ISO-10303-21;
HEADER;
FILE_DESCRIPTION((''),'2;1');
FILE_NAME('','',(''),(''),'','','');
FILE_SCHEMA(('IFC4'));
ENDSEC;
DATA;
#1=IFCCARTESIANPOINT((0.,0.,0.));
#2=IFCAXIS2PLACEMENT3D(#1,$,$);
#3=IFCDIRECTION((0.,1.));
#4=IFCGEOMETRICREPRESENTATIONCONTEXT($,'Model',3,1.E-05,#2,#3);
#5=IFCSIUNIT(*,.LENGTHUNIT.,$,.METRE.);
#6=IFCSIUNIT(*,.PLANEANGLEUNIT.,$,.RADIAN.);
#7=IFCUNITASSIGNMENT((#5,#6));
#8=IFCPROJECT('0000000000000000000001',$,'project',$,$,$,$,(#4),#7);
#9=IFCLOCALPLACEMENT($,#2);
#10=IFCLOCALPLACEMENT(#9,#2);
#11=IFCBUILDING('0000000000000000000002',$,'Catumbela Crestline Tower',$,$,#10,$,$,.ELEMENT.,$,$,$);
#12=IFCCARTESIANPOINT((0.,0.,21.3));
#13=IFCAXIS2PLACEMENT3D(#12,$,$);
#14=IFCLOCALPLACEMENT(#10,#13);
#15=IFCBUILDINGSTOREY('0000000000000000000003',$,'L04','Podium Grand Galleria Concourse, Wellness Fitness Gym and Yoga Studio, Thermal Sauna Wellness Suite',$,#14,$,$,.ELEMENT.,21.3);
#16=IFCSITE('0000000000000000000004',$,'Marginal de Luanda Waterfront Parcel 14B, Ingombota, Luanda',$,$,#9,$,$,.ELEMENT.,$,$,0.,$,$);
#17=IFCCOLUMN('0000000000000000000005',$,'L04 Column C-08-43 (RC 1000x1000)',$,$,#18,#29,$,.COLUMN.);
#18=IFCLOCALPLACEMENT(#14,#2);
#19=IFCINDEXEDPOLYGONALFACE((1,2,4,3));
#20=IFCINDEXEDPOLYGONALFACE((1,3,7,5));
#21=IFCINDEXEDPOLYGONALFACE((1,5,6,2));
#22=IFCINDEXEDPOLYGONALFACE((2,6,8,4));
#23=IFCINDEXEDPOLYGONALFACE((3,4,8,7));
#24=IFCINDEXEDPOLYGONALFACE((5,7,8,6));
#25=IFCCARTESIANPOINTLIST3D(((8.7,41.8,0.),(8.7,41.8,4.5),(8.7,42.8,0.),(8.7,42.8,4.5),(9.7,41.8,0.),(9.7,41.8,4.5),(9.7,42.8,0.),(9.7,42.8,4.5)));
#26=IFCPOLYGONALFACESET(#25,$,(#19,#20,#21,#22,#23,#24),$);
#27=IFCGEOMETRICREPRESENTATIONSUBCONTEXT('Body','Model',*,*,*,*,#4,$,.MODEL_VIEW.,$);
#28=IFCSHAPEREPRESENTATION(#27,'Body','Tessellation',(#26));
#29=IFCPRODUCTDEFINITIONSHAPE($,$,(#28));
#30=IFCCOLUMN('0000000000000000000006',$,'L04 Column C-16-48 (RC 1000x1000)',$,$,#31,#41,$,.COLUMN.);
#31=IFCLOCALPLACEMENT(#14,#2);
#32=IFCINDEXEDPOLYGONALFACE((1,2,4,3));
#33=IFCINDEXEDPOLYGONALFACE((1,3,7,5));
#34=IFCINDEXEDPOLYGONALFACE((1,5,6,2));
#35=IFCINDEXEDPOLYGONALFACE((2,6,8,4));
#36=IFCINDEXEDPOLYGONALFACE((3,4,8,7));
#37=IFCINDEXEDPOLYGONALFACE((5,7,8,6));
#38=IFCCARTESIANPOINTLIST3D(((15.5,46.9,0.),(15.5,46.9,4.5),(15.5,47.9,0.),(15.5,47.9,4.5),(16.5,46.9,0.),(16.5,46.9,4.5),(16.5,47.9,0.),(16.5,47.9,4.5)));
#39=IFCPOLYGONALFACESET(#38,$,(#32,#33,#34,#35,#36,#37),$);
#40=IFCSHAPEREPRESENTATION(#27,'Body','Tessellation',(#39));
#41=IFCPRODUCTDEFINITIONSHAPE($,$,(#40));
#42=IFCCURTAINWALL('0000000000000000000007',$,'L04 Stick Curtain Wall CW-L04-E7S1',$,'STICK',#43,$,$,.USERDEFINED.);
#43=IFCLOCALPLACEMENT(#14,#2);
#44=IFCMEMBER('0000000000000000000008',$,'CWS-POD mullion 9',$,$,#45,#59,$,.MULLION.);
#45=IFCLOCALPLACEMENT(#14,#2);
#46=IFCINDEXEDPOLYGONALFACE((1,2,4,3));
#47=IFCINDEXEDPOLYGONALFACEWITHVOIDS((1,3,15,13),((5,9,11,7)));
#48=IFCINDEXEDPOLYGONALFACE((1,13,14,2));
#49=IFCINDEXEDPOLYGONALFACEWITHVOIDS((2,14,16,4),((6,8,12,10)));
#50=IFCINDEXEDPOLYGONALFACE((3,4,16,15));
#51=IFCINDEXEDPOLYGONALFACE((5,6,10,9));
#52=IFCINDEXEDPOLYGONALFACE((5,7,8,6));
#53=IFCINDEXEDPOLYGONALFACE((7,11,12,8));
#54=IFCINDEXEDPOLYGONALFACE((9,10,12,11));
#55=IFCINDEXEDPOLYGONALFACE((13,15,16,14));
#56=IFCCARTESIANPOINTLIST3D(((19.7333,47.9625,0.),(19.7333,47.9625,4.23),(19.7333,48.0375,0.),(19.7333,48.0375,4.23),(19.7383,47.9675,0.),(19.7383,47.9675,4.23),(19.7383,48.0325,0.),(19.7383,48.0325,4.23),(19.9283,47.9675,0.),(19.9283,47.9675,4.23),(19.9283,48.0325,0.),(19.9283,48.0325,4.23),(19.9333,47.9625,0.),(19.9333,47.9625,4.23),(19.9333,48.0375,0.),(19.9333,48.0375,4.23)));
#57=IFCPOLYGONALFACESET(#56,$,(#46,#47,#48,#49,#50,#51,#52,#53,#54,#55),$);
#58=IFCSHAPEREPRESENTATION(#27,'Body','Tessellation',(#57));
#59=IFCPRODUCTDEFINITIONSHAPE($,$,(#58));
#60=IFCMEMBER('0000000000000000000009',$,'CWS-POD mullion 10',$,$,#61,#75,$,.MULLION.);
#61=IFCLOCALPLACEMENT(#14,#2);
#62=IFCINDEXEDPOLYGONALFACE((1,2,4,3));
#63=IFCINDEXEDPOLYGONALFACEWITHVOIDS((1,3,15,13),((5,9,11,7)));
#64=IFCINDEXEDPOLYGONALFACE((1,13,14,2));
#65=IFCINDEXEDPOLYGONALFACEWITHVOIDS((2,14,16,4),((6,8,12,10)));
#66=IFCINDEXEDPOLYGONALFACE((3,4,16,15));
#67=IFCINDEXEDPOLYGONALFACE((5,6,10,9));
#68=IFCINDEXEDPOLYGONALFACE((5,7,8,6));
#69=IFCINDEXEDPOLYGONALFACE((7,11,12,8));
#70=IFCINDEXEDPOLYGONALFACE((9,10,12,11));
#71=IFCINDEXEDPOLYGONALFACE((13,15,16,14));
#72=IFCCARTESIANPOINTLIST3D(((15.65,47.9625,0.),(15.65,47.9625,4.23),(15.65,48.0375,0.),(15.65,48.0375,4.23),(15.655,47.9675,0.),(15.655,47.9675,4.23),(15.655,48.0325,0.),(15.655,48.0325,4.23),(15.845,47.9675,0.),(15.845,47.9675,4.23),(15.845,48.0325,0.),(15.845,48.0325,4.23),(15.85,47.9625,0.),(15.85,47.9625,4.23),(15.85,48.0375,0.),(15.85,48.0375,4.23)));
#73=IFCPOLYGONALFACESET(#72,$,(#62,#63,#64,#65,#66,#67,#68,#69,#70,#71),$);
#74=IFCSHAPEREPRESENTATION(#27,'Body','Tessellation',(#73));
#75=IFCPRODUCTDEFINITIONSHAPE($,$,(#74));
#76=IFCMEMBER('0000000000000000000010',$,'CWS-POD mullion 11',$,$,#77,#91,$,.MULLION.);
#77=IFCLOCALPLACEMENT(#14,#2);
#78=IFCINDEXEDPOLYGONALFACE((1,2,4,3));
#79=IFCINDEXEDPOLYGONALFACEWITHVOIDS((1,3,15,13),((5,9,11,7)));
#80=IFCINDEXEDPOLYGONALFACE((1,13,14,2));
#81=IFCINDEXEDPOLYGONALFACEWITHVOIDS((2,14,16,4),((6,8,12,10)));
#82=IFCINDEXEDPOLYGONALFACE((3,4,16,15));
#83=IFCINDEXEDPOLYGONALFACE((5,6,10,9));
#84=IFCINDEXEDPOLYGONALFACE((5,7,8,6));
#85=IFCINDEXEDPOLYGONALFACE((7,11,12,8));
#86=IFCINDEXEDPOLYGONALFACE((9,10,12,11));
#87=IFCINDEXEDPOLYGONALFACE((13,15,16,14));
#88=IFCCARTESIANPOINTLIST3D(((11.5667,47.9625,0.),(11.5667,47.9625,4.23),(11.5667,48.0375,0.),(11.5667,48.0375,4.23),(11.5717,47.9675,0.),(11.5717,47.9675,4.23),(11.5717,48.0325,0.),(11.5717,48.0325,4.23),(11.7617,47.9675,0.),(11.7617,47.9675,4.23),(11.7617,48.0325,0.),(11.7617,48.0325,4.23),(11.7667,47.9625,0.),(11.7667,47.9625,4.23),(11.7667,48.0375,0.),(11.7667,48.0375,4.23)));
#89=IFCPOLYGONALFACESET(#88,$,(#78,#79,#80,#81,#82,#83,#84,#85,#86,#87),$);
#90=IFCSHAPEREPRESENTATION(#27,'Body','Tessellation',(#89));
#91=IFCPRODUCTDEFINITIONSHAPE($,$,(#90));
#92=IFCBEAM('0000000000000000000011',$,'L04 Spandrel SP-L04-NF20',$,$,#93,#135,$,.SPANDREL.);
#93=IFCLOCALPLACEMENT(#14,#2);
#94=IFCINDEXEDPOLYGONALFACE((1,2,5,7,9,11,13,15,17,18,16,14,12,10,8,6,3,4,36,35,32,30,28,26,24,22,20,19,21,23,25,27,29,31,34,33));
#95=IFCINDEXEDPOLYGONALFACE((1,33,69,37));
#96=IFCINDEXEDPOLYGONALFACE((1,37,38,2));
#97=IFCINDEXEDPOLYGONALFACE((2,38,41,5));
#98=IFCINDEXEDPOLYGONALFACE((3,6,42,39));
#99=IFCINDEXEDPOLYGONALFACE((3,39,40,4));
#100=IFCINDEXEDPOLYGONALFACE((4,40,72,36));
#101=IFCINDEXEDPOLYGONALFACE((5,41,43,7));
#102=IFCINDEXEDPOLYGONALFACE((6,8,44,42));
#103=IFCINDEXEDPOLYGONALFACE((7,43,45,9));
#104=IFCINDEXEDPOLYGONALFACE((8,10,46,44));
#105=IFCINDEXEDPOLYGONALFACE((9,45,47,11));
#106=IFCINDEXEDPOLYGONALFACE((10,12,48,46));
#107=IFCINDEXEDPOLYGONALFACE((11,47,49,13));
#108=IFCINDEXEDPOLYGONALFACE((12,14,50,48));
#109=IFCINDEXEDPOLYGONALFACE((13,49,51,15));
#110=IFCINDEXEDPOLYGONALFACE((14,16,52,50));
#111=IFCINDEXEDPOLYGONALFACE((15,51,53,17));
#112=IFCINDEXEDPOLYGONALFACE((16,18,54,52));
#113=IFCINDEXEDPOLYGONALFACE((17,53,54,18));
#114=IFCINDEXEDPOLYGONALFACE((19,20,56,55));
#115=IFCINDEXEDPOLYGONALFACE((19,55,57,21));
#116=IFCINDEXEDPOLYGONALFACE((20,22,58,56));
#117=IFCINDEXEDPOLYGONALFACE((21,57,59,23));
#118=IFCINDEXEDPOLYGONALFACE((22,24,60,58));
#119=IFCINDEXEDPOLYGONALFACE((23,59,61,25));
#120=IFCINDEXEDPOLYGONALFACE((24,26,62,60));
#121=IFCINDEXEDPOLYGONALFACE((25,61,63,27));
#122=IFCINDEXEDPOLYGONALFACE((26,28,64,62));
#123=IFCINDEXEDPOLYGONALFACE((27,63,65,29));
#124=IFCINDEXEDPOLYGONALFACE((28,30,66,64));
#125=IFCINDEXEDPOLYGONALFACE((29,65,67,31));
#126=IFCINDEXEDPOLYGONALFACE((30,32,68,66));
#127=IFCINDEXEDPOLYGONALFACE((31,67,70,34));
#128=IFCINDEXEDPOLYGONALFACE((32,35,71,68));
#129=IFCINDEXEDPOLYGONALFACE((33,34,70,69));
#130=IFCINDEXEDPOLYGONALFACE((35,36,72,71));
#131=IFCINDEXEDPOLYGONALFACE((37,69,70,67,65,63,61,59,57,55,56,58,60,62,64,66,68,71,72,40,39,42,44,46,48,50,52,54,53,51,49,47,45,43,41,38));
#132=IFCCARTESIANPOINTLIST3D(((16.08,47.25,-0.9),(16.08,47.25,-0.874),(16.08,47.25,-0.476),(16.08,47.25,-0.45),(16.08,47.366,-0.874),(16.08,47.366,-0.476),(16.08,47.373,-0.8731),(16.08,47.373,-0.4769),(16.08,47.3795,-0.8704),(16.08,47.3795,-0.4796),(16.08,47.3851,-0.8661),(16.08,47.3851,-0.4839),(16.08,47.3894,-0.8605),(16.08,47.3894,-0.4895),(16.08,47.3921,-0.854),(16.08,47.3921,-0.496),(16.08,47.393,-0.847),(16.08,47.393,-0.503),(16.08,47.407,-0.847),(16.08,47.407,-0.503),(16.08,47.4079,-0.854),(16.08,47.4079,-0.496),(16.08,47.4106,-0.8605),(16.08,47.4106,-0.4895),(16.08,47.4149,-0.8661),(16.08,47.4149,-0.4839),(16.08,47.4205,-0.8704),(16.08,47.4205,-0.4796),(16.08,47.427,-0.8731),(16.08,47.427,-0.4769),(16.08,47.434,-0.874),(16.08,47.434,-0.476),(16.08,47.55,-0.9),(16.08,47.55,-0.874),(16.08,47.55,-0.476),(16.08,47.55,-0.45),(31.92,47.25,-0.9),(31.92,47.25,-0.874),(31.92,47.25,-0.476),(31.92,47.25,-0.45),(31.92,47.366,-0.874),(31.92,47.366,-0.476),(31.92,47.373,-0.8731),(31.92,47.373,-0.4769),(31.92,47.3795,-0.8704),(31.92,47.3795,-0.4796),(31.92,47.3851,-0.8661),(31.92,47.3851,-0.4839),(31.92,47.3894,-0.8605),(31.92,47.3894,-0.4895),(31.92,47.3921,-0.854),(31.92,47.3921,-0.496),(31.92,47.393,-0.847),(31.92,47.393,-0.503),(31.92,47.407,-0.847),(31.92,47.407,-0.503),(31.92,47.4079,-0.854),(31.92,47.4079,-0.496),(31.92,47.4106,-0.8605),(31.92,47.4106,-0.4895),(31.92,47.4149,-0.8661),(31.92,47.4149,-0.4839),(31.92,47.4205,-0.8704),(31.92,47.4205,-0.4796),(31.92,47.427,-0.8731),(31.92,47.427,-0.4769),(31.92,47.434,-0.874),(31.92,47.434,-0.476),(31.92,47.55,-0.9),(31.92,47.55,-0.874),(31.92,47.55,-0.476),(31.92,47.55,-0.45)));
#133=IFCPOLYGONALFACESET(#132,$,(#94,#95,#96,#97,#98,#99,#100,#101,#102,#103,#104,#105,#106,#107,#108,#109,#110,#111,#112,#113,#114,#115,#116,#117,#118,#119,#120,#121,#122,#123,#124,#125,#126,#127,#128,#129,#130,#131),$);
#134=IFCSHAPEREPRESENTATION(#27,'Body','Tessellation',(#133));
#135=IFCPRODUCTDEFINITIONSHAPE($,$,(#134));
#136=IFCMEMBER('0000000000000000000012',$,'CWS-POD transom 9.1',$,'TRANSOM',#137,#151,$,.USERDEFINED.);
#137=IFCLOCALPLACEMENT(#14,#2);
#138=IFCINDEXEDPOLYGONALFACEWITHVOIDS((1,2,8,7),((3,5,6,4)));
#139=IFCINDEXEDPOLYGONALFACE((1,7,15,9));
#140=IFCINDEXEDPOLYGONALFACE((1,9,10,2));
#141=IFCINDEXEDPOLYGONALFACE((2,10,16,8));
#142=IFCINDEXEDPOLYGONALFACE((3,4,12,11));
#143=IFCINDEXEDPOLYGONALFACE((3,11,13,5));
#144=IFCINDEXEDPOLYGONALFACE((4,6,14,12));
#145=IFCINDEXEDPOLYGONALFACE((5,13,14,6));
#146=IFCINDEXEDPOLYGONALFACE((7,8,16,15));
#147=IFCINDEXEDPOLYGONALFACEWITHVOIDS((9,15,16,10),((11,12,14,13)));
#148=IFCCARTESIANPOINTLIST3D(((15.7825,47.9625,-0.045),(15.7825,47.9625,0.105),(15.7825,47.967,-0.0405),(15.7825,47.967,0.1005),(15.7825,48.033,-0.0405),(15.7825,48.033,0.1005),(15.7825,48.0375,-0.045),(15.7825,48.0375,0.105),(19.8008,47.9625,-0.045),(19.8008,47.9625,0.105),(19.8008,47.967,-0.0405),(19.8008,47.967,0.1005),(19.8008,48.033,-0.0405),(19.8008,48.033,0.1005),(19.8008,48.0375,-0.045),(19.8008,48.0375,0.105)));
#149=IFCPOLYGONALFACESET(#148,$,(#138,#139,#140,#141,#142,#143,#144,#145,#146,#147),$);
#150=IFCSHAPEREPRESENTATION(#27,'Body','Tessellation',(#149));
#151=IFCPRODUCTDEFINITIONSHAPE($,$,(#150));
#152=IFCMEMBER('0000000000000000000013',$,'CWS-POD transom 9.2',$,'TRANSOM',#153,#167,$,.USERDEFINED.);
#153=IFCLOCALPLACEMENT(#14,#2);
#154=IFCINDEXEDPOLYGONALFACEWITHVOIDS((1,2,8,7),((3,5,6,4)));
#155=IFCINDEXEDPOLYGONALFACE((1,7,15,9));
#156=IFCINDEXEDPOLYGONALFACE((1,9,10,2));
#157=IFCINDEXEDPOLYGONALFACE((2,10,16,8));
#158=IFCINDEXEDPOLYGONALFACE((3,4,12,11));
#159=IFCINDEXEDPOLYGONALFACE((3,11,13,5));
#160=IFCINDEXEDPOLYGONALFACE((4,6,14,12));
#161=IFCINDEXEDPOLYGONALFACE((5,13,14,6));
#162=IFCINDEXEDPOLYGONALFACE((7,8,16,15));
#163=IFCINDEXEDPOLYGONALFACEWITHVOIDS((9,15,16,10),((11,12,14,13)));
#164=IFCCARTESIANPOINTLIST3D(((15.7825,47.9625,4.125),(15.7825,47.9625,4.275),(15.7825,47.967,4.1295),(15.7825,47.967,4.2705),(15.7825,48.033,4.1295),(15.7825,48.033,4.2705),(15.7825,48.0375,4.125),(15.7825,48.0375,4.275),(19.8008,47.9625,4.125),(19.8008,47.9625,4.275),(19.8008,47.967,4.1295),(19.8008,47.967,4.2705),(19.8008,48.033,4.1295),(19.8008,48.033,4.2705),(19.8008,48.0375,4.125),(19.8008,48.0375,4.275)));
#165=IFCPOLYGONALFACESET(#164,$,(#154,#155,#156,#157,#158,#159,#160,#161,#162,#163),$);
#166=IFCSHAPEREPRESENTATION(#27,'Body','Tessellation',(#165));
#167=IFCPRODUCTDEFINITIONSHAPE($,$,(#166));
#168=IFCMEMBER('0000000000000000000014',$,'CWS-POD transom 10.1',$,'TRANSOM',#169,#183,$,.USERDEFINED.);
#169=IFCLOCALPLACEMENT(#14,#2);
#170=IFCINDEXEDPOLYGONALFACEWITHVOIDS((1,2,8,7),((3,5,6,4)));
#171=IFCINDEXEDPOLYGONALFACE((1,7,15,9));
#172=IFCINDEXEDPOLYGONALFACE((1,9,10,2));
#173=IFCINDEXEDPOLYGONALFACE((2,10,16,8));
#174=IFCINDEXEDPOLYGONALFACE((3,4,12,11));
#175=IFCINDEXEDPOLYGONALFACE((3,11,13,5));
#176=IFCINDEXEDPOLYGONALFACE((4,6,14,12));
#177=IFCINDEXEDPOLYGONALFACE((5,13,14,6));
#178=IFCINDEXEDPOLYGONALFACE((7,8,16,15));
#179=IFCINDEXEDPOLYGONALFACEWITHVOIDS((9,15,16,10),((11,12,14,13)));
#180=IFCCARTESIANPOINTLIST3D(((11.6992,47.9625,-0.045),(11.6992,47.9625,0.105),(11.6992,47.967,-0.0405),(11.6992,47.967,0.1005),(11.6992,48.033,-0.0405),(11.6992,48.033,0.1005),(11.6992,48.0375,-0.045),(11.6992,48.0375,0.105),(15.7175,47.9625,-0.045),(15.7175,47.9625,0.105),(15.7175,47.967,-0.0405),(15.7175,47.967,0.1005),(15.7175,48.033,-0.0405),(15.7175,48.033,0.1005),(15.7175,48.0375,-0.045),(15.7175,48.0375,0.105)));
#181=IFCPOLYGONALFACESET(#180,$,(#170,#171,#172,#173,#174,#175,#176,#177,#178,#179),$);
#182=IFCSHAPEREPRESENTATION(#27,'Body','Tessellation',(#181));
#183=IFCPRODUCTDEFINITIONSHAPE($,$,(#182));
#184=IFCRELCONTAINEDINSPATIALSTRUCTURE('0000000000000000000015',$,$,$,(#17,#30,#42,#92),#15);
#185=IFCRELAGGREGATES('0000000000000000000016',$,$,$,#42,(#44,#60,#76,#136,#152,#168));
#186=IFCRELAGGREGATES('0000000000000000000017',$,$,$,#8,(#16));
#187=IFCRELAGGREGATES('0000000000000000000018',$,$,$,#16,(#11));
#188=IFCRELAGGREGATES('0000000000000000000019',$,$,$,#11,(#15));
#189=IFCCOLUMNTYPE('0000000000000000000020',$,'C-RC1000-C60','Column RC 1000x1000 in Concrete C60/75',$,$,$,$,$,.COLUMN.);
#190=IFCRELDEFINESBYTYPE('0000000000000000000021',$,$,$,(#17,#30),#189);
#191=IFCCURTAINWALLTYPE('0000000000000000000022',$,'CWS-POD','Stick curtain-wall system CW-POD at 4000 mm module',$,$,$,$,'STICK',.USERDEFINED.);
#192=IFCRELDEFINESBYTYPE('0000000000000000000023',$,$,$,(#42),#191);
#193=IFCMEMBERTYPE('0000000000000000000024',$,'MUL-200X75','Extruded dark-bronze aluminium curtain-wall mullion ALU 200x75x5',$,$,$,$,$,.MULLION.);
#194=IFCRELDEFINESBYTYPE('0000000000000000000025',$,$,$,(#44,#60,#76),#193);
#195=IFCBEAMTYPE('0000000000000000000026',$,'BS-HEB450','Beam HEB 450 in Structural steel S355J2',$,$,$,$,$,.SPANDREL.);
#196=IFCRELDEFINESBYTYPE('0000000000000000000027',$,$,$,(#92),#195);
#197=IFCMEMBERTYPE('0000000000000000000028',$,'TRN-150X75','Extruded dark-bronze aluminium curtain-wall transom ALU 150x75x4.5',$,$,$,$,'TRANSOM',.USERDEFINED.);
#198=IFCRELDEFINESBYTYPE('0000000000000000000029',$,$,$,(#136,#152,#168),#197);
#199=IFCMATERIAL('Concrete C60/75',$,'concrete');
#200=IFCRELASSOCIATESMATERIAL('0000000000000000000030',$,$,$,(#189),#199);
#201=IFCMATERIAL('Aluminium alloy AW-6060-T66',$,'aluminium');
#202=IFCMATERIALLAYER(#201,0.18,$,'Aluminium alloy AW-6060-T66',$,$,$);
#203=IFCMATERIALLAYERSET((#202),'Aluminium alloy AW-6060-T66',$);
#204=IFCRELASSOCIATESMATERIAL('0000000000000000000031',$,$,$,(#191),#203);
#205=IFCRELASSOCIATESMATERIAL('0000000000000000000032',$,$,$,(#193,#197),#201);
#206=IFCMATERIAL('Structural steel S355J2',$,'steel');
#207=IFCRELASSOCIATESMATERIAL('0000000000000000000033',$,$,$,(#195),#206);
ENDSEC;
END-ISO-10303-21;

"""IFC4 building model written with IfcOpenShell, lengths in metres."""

from ifc_helpers import new_model, si_unit, direction, frame, origin, origin_2d, place, context, subcontext, project, spatial, rectangle, hollow_rectangle, i_section, extrude, material, layer, layer_set, material_profile, profile_set, type_object, element, aggregate, save


model = new_model("IFC4")

# Units and contexts
model_context = context("Model", 3, precision=1e-05, world=origin(), true_north=direction((0.0, 1.0)))
body_context = subcontext(model_context, "Body", "Model", "MODEL_VIEW")
ifc_project = project(units=[si_unit("LENGTHUNIT", "METRE"), si_unit("PLANEANGLEUNIT", "RADIAN")], contexts=[model_context])

# Site, building, storey
site_placement = place(None, origin())
site = spatial("IfcSite", under=ifc_project, at=site_placement, Name="Marginal de Luanda Waterfront Parcel 14B, Ingombota, Luanda", CompositionType="ELEMENT", RefElevation=0.0)
building_placement = place(site_placement, origin())
building = spatial("IfcBuilding", under=site, at=building_placement, Name="Catumbela Crestline Tower", CompositionType="ELEMENT")
storey_placement = place(building_placement, frame((0.0, 0.0, 21.3)))
storey = spatial("IfcBuildingStorey", under=building, at=storey_placement, Name="L04", Description="Podium Grand Galleria Concourse, Wellness Fitness Gym and Yoga Studio, Thermal Sauna Wellness Suite", CompositionType="ELEMENT", Elevation=21.3)

# Columns
ifc_material_1 = material(Name="Concrete C60/75", Category="concrete")
ifc_material_profile_1 = material_profile(ifc_material_1, rectangle(XDim=1.0, YDim=1.0, at=origin_2d()), Name="RC 1000x1000")
ifc_profile_set_1 = profile_set([ifc_material_profile_1], Name="Concrete C60/75")
column_type = type_object("IfcColumnType", Name="C-RC1000-C60", Description="Column RC 1000x1000 in Concrete C60/75", PredefinedType="COLUMN", material=ifc_profile_set_1)
for number, where, z_axis, x_axis, name in (
    (1, (9.2, 42.3, 0.0), (0.0, 0.0, 1.0), (1.0, 0.0, 0.0), "L04 Column C-08-43 (RC 1000x1000)"),
    (2, (16.0, 47.4, 0.0), (0.0, 0.0, 1.0), (1.0, 0.0, 0.0), "L04 Column C-16-48 (RC 1000x1000)"),
):
    element("IfcColumn", number, at=place(storey_placement, frame(where, z_axis=z_axis, x_axis=x_axis)), inside=storey, type_object=column_type, Name=name, PredefinedType="COLUMN", context=body_context, shape_type="SweptSolid", body=[
        extrude(rectangle(XDim=1.0, YDim=1.0, at=origin_2d()), origin(), (0.0, 0.0, 1.0), 4.5),
    ])

# Curtain wall, members
ifc_material_2 = material(Name="Aluminium alloy AW-6060-T66", Category="aluminium")
ifc_layer_1 = layer(ifc_material_2, 0.18, Name="Aluminium alloy AW-6060-T66")
ifc_layer_set_1 = layer_set([ifc_layer_1], Name="Aluminium alloy AW-6060-T66")
curtain_wall_type = type_object("IfcCurtainWallType", Name="CWS-POD", Description="Stick curtain-wall system CW-POD at 4000 mm module", ElementType="STICK", PredefinedType="USERDEFINED", material=ifc_layer_set_1)
curtain_wall_placement = place(storey_placement, origin())
curtain_wall = element("IfcCurtainWall", 3, at=curtain_wall_placement, inside=storey, type_object=curtain_wall_type, Name="L04 Stick Curtain Wall CW-L04-E7S1", ObjectType="STICK", PredefinedType="USERDEFINED")
ifc_material_profile_2 = material_profile(ifc_material_2, hollow_rectangle(XDim=0.075, YDim=0.2, WallThickness=0.005, at=origin_2d()), Name="ALU 200x75x5")
ifc_profile_set_2 = profile_set([ifc_material_profile_2], Name="Aluminium alloy AW-6060-T66")
member_type_1 = type_object("IfcMemberType", Name="MUL-200X75", Description="Extruded dark-bronze aluminium curtain-wall mullion ALU 200x75x5", PredefinedType="MULLION", material=ifc_profile_set_2)
member_1_placement = place(storey_placement, frame((19.8333, 48.0, 0.0), z_axis=(0.0, 0.0, 1.0), x_axis=(0.0, -1.0, 0.0)))
member_1 = element("IfcMember", 4, at=member_1_placement, type_object=member_type_1, Name="CWS-POD mullion 9", PredefinedType="MULLION", context=body_context, shape_type="SweptSolid", body=[
    extrude(hollow_rectangle(XDim=0.075, YDim=0.2, WallThickness=0.005, at=origin_2d()), origin(), (0.0, 0.0, 1.0), 4.23),
])
member_2_placement = place(storey_placement, frame((15.75, 48.0, 0.0), z_axis=(0.0, 0.0, 1.0), x_axis=(0.0, -1.0, 0.0)))
member_2 = element("IfcMember", 5, at=member_2_placement, type_object=member_type_1, Name="CWS-POD mullion 10", PredefinedType="MULLION", context=body_context, shape_type="SweptSolid", body=[
    extrude(hollow_rectangle(XDim=0.075, YDim=0.2, WallThickness=0.005, at=origin_2d()), origin(), (0.0, 0.0, 1.0), 4.23),
])
member_3_placement = place(storey_placement, frame((11.6667, 48.0, 0.0), z_axis=(0.0, 0.0, 1.0), x_axis=(0.0, -1.0, 0.0)))
member_3 = element("IfcMember", 6, at=member_3_placement, type_object=member_type_1, Name="CWS-POD mullion 11", PredefinedType="MULLION", context=body_context, shape_type="SweptSolid", body=[
    extrude(hollow_rectangle(XDim=0.075, YDim=0.2, WallThickness=0.005, at=origin_2d()), origin(), (0.0, 0.0, 1.0), 4.23),
])

# Beam
ifc_material_3 = material(Name="Structural steel S355J2", Category="steel")
ifc_material_profile_3 = material_profile(ifc_material_3, i_section(OverallWidth=0.3, OverallDepth=0.45, WebThickness=0.014, FlangeThickness=0.026, FilletRadius=0.027, at=origin_2d()), Name="HEB 450")
ifc_profile_set_3 = profile_set([ifc_material_profile_3], Name="Structural steel S355J2")
beam_type = type_object("IfcBeamType", Name="BS-HEB450", Description="Beam HEB 450 in Structural steel S355J2", PredefinedType="SPANDREL", material=ifc_profile_set_3)
beam_placement = place(storey_placement, frame((16.08, 47.4, -0.675), z_axis=(1.0, 0.0, 0.0), x_axis=(0.0, 1.0, 0.0)))
element("IfcBeam", 7, at=beam_placement, inside=storey, type_object=beam_type, Name="L04 Spandrel SP-L04-NF20", PredefinedType="SPANDREL", context=body_context, shape_type="SweptSolid", body=[
    extrude(i_section(OverallWidth=0.3, OverallDepth=0.45, WebThickness=0.014, FlangeThickness=0.026, FilletRadius=0.027, at=origin_2d()), origin(), (0.0, 0.0, 1.0), 15.84),
])

# Members
ifc_material_profile_4 = material_profile(ifc_material_2, hollow_rectangle(XDim=0.075, YDim=0.15, WallThickness=0.0045, at=origin_2d()), Name="ALU 150x75x4.5")
ifc_profile_set_4 = profile_set([ifc_material_profile_4], Name="Aluminium alloy AW-6060-T66")
member_type_2 = type_object("IfcMemberType", Name="TRN-150X75", Description="Extruded dark-bronze aluminium curtain-wall transom ALU 150x75x4.5", ElementType="TRANSOM", PredefinedType="USERDEFINED", material=ifc_profile_set_4)
member_4_placement = place(storey_placement, frame((19.8008, 48.0, 0.03), z_axis=(-1.0, 0.0, 0.0), x_axis=(0.0, -1.0, 0.0)))
member_4 = element("IfcMember", 8, at=member_4_placement, type_object=member_type_2, Name="CWS-POD transom 9.1", ObjectType="TRANSOM", PredefinedType="USERDEFINED", context=body_context, shape_type="SweptSolid", body=[
    extrude(hollow_rectangle(XDim=0.075, YDim=0.15, WallThickness=0.0045, at=origin_2d()), origin(), (0.0, 0.0, 1.0), 4.0183),
])
member_5_placement = place(storey_placement, frame((19.8008, 48.0, 4.2), z_axis=(-1.0, 0.0, 0.0), x_axis=(0.0, -1.0, 0.0)))
member_5 = element("IfcMember", 9, at=member_5_placement, type_object=member_type_2, Name="CWS-POD transom 9.2", ObjectType="TRANSOM", PredefinedType="USERDEFINED", context=body_context, shape_type="SweptSolid", body=[
    extrude(hollow_rectangle(XDim=0.075, YDim=0.15, WallThickness=0.0045, at=origin_2d()), origin(), (0.0, 0.0, 1.0), 4.0183),
])
member_6_placement = place(storey_placement, frame((15.7175, 48.0, 0.03), z_axis=(-1.0, 0.0, 0.0), x_axis=(0.0, -1.0, 0.0)))
member_6 = element("IfcMember", 10, at=member_6_placement, type_object=member_type_2, Name="CWS-POD transom 10.1", ObjectType="TRANSOM", PredefinedType="USERDEFINED", context=body_context, shape_type="SweptSolid", body=[
    extrude(hollow_rectangle(XDim=0.075, YDim=0.15, WallThickness=0.0045, at=origin_2d()), origin(), (0.0, 0.0, 1.0), 4.0183),
])

aggregate(curtain_wall, [member_1, member_2, member_3, member_4, member_5, member_6])

save(model, "model.ifc")
